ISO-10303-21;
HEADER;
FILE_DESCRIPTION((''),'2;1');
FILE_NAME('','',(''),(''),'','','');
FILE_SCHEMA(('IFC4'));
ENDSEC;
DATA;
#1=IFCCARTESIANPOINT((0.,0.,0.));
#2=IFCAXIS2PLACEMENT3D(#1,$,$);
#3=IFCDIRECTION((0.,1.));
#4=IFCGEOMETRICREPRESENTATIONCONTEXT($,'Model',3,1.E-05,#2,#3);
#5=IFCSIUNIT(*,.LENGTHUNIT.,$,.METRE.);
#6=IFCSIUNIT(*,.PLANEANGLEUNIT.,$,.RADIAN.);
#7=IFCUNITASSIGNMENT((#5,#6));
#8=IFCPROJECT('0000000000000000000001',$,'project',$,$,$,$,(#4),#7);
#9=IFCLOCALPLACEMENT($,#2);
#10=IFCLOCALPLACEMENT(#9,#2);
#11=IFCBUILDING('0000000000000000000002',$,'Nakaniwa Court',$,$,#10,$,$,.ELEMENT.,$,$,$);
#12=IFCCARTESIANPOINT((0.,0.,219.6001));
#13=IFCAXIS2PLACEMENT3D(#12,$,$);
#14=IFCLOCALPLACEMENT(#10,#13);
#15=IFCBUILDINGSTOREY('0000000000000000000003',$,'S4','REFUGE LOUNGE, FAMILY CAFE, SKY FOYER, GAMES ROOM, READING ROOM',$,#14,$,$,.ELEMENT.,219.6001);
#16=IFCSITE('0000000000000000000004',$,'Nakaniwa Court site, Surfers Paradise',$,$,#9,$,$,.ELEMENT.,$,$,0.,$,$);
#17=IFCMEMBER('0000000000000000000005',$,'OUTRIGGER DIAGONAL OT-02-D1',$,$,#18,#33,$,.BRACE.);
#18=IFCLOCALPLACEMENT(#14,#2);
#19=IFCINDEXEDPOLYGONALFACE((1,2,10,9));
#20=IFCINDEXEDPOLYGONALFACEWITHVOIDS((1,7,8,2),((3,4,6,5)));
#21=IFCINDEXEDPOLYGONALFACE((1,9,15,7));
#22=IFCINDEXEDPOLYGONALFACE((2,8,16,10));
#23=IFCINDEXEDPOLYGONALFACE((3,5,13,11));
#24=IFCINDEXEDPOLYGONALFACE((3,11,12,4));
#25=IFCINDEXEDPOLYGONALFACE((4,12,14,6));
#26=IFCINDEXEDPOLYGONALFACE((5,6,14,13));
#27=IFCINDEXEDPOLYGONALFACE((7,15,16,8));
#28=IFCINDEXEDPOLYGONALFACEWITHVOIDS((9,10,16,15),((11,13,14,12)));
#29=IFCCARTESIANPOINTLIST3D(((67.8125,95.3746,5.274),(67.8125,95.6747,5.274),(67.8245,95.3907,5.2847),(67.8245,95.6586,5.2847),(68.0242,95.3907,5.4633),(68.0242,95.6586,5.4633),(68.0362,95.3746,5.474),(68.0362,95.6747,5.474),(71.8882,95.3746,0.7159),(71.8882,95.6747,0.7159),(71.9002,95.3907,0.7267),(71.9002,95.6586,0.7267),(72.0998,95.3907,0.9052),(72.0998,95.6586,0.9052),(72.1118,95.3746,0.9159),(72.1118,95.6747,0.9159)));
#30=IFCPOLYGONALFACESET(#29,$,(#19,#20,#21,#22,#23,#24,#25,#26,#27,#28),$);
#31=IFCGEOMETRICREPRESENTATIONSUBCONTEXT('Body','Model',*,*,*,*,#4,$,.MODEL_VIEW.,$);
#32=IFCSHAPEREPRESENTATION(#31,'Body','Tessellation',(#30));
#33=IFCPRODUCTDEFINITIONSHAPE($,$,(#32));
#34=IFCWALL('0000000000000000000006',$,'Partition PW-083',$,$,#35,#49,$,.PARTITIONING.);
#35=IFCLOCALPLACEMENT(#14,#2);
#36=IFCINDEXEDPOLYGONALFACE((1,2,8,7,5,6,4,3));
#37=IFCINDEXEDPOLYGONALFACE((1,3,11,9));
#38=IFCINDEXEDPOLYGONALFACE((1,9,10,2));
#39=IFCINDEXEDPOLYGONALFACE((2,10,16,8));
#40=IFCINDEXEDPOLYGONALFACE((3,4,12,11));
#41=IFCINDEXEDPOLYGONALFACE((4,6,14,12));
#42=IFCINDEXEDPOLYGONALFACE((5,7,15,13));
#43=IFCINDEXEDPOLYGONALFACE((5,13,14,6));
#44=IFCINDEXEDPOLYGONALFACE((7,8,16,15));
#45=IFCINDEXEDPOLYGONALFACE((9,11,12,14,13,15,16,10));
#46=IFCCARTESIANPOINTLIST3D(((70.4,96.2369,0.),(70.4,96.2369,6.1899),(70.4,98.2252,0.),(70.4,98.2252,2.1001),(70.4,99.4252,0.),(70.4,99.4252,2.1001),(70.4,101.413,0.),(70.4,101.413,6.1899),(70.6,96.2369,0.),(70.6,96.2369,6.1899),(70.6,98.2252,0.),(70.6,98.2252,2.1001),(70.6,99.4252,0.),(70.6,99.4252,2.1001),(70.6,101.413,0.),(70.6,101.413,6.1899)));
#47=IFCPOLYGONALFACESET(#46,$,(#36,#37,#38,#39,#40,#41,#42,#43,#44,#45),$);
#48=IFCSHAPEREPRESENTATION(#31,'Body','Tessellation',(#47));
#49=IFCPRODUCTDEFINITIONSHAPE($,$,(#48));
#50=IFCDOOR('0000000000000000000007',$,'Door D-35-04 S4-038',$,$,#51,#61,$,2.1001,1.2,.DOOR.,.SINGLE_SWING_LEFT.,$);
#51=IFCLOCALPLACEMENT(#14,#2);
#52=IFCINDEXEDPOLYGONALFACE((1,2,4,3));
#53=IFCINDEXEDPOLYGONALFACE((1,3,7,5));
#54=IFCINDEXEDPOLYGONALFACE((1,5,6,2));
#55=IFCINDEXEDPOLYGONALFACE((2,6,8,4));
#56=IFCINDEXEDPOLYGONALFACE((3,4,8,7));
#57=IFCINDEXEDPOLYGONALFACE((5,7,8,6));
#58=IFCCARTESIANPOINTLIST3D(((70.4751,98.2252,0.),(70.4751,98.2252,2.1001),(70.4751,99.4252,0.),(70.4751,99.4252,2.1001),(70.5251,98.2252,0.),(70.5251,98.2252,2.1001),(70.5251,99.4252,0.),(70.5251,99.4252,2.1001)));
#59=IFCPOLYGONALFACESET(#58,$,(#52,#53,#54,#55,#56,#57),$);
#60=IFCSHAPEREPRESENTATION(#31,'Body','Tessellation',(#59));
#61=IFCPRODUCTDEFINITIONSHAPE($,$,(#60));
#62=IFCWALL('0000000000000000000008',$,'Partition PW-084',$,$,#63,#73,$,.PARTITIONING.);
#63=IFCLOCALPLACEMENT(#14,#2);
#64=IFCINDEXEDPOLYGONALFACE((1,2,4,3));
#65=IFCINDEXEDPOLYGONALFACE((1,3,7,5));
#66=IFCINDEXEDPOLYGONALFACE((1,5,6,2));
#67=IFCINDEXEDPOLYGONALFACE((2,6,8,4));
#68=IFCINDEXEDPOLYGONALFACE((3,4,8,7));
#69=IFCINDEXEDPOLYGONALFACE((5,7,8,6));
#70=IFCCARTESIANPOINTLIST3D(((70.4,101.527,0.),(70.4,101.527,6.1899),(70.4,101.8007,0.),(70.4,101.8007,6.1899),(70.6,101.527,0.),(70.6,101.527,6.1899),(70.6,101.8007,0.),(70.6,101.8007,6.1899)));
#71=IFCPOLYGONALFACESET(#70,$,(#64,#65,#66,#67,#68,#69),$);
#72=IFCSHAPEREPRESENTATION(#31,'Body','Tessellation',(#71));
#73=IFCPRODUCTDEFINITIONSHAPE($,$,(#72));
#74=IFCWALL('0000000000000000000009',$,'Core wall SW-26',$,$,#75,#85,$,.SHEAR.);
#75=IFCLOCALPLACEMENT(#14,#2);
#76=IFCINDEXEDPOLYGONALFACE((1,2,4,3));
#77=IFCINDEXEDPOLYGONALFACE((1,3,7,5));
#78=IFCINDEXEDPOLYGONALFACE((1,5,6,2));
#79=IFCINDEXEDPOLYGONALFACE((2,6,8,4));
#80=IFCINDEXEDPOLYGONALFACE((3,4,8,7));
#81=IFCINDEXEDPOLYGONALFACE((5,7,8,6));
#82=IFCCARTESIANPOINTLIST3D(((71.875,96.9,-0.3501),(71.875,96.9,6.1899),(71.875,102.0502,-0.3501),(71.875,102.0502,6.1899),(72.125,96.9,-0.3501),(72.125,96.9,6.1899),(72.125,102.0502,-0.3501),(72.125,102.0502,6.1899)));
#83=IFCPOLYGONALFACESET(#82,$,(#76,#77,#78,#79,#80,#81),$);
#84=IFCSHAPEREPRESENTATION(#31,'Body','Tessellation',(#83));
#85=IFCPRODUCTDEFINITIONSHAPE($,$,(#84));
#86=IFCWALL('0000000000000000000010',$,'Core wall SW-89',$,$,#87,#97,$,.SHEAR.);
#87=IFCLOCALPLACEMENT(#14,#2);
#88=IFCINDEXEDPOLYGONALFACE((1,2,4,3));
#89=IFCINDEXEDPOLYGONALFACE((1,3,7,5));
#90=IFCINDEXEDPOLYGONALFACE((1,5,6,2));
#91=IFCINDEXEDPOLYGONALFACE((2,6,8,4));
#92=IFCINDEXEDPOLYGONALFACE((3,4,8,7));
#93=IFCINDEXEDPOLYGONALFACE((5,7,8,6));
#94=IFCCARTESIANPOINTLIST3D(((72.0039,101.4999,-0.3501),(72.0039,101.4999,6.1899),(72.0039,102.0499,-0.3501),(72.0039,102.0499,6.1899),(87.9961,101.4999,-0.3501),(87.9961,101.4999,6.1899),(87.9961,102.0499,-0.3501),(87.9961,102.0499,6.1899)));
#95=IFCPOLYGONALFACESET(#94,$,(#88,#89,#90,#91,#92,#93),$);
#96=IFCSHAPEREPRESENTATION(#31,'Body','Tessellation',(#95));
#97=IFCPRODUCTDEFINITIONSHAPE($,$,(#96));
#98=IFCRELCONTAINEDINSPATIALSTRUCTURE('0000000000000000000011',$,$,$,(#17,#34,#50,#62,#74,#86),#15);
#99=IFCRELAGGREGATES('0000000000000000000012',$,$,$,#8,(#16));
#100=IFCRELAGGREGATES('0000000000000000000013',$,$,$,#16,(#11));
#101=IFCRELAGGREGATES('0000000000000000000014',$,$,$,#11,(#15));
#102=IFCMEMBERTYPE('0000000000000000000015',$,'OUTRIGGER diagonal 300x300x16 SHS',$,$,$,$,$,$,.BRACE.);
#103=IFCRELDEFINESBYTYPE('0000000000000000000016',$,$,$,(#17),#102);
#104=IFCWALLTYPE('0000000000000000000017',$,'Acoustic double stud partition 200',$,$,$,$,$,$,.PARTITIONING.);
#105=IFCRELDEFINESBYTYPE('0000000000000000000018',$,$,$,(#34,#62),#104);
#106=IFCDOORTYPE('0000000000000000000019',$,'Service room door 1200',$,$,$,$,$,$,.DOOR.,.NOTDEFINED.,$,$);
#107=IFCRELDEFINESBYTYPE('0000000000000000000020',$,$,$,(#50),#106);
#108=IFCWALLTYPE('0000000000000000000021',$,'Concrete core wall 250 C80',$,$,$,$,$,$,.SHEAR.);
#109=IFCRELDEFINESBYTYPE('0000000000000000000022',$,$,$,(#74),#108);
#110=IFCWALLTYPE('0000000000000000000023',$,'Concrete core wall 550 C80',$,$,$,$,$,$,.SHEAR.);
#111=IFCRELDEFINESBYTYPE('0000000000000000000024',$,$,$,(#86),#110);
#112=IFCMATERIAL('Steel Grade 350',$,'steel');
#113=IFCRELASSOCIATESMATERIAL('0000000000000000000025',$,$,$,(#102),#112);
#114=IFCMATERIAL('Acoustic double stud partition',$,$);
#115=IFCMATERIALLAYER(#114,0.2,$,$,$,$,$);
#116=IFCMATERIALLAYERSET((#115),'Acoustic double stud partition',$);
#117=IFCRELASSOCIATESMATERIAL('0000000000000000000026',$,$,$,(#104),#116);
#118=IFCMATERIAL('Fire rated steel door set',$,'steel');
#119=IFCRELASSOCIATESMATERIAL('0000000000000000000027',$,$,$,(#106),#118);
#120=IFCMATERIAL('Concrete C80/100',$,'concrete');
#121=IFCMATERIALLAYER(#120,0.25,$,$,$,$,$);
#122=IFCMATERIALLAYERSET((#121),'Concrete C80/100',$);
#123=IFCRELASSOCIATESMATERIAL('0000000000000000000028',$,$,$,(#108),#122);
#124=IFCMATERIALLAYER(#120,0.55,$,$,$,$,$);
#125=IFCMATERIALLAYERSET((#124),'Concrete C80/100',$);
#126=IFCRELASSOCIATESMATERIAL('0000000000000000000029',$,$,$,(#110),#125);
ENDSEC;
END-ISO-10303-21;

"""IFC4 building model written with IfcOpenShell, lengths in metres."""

from ifc_helpers import new_model, si_unit, direction, frame, frame_2d, origin, origin_2d, place, context, subcontext, project, spatial, rectangle, hollow_rectangle, extrude, material, layer, layer_set, material_profile, profile_set, type_object, element, fill, save


model = new_model("IFC4")

# Units and contexts
model_context = context("Model", 3, precision=1e-05, world=origin(), true_north=direction((0.0, 1.0)))
body_context = subcontext(model_context, "Body", "Model", "MODEL_VIEW")
ifc_project = project(units=[si_unit("LENGTHUNIT", "METRE"), si_unit("PLANEANGLEUNIT", "RADIAN")], contexts=[model_context])

# Site, building, storey
site_placement = place(None, origin())
site = spatial("IfcSite", under=ifc_project, at=site_placement, Name="Nakaniwa Court site, Surfers Paradise", CompositionType="ELEMENT", RefElevation=0.0)
building_placement = place(site_placement, origin())
building = spatial("IfcBuilding", under=site, at=building_placement, Name="Nakaniwa Court", CompositionType="ELEMENT")
storey_placement = place(building_placement, frame((0.0, 0.0, 219.6001)))
storey = spatial("IfcBuildingStorey", under=building, at=storey_placement, Name="S4", Description="REFUGE LOUNGE, FAMILY CAFE, SKY FOYER, GAMES ROOM, READING ROOM", CompositionType="ELEMENT", Elevation=219.6001)

# Shared definitions
ifc_material_1 = material(Name="Concrete C80/100", Category="concrete")

# Shared definitions
ifc_material_2 = material(Name="Steel Grade 350", Category="steel")

# Member
ifc_material_profile_1 = material_profile(ifc_material_2, hollow_rectangle(XDim=0.3, YDim=0.3, WallThickness=0.0161, at=origin_2d()), Name="OUTRIGGER diagonal 300x300x16 SHS")
ifc_profile_set_1 = profile_set([ifc_material_profile_1], Name="Steel Grade 350")
member_type_1 = type_object("IfcMemberType", Name="OUTRIGGER diagonal 300x300x16 SHS", PredefinedType="BRACE", material=ifc_profile_set_1)
member_1_placement = place(storey_placement, frame((72.0, 95.5247, 0.8159), z_axis=(-0.666557, 0.0, 0.745454), x_axis=(0.0, -1.0, 0.0)))
element("IfcMember", 1, at=member_1_placement, inside=storey, type_object=member_type_1, Name="OUTRIGGER DIAGONAL OT-02-D1", PredefinedType="BRACE", context=body_context, shape_type="SweptSolid", body=[
    extrude(hollow_rectangle(XDim=0.3, YDim=0.3, WallThickness=0.0161, at=origin_2d()), origin(), (0.0, 0.0, 1.0), 6.1145),
])

# Wall, opening, door
ifc_material_3 = material(Name="Acoustic double stud partition")
ifc_layer_1 = layer(ifc_material_3, 0.2)
ifc_layer_set_1 = layer_set([ifc_layer_1], Name="Acoustic double stud partition")
wall_type_1 = type_object("IfcWallType", Name="Acoustic double stud partition 200", PredefinedType="PARTITIONING", material=ifc_layer_set_1)
wall_1_placement = place(storey_placement, frame((70.5, 96.2371, 0.0), z_axis=(0.0, 0.0, 1.0), x_axis=(0.0, 1.0, 0.0)))
wall_1 = element("IfcWall", 2, at=wall_1_placement, inside=storey, type_object=wall_type_1, Name="Partition PW-083", PredefinedType="PARTITIONING", context=body_context, shape_type="SweptSolid", body=[
    extrude(rectangle(XDim=5.176, YDim=0.2, at=frame_2d((2.5879, 0.0))), origin(), (0.0, 0.0, 1.0), 6.1899),
])
opening_placement = place(wall_1_placement, frame((1.988, 0.0, 0.0)))
opening = element("IfcOpeningElement", 3, at=opening_placement, cuts=wall_1, PredefinedType="OPENING", context=body_context, shape_type="SweptSolid", body=[
    extrude(rectangle(XDim=1.2, YDim=2.1001, at=frame_2d((0.6001, 1.05))), frame((0.0, 0.1099, 0.0), z_axis=(0.0, -1.0, 0.0), x_axis=(1.0, 0.0, 0.0)), (0.0, 0.0, 1.0), 0.22),
])
ifc_material_4 = material(Name="Fire rated steel door set", Category="steel")
door_type = type_object("IfcDoorType", Name="Service room door 1200", OperationType="NOTDEFINED", PredefinedType="DOOR", material=ifc_material_4)
door_placement = place(opening_placement, origin())
door = element("IfcDoor", 4, at=door_placement, inside=storey, type_object=door_type, Name="Door D-35-04 S4-038", OperationType="SINGLE_SWING_LEFT", OverallHeight=2.1001, OverallWidth=1.2, PredefinedType="DOOR", context=body_context, shape_type="SweptSolid", body=[
    extrude(rectangle(XDim=1.2, YDim=2.1001, at=frame_2d((0.6001, 1.05))), frame((0.0, 0.0249, 0.0), z_axis=(0.0, -1.0, 0.0), x_axis=(1.0, 0.0, 0.0)), (0.0, 0.0, 1.0), 0.05),
])
fill(opening, door)

# Walls
wall_2_placement = place(storey_placement, frame((70.5, 101.5271, 0.0), z_axis=(0.0, 0.0, 1.0), x_axis=(0.0, 1.0, 0.0)))
element("IfcWall", 5, at=wall_2_placement, inside=storey, type_object=wall_type_1, Name="Partition PW-084", PredefinedType="PARTITIONING", context=body_context, shape_type="SweptSolid", body=[
    extrude(rectangle(XDim=0.2737, YDim=0.2, at=frame_2d((0.1367, 0.0))), origin(), (0.0, 0.0, 1.0), 6.1899),
])
ifc_layer_2 = layer(ifc_material_1, 0.25)
ifc_layer_set_2 = layer_set([ifc_layer_2], Name="Concrete C80/100")
wall_type_2 = type_object("IfcWallType", Name="Concrete core wall 250 C80", PredefinedType="SHEAR", material=ifc_layer_set_2)
wall_3_placement = place(storey_placement, frame((72.0, 96.8999, -0.3501), z_axis=(0.0, 0.0, 1.0), x_axis=(0.0, 1.0, 0.0)))
element("IfcWall", 6, at=wall_3_placement, inside=storey, type_object=wall_type_2, Name="Core wall SW-26", PredefinedType="SHEAR", context=body_context, shape_type="SweptSolid", body=[
    extrude(rectangle(XDim=5.1501, YDim=0.25, at=frame_2d((2.5752, 0.0))), origin(), (0.0, 0.0, 1.0), 6.54),
])
ifc_layer_3 = layer(ifc_material_1, 0.55)
ifc_layer_set_3 = layer_set([ifc_layer_3], Name="Concrete C80/100")
wall_type_3 = type_object("IfcWallType", Name="Concrete core wall 550 C80", PredefinedType="SHEAR", material=ifc_layer_set_3)
wall_4_placement = place(storey_placement, frame((72.0039, 101.7749, -0.3501), z_axis=(0.0, 0.0, 1.0), x_axis=(1.0, 0.0, 0.0)))
element("IfcWall", 7, at=wall_4_placement, inside=storey, type_object=wall_type_3, Name="Core wall SW-89", PredefinedType="SHEAR", context=body_context, shape_type="SweptSolid", body=[
    extrude(rectangle(XDim=15.9922, YDim=0.55, at=frame_2d((7.9961, 0.0))), origin(), (0.0, 0.0, 1.0), 6.54),
])

save(model, "model.ifc")
